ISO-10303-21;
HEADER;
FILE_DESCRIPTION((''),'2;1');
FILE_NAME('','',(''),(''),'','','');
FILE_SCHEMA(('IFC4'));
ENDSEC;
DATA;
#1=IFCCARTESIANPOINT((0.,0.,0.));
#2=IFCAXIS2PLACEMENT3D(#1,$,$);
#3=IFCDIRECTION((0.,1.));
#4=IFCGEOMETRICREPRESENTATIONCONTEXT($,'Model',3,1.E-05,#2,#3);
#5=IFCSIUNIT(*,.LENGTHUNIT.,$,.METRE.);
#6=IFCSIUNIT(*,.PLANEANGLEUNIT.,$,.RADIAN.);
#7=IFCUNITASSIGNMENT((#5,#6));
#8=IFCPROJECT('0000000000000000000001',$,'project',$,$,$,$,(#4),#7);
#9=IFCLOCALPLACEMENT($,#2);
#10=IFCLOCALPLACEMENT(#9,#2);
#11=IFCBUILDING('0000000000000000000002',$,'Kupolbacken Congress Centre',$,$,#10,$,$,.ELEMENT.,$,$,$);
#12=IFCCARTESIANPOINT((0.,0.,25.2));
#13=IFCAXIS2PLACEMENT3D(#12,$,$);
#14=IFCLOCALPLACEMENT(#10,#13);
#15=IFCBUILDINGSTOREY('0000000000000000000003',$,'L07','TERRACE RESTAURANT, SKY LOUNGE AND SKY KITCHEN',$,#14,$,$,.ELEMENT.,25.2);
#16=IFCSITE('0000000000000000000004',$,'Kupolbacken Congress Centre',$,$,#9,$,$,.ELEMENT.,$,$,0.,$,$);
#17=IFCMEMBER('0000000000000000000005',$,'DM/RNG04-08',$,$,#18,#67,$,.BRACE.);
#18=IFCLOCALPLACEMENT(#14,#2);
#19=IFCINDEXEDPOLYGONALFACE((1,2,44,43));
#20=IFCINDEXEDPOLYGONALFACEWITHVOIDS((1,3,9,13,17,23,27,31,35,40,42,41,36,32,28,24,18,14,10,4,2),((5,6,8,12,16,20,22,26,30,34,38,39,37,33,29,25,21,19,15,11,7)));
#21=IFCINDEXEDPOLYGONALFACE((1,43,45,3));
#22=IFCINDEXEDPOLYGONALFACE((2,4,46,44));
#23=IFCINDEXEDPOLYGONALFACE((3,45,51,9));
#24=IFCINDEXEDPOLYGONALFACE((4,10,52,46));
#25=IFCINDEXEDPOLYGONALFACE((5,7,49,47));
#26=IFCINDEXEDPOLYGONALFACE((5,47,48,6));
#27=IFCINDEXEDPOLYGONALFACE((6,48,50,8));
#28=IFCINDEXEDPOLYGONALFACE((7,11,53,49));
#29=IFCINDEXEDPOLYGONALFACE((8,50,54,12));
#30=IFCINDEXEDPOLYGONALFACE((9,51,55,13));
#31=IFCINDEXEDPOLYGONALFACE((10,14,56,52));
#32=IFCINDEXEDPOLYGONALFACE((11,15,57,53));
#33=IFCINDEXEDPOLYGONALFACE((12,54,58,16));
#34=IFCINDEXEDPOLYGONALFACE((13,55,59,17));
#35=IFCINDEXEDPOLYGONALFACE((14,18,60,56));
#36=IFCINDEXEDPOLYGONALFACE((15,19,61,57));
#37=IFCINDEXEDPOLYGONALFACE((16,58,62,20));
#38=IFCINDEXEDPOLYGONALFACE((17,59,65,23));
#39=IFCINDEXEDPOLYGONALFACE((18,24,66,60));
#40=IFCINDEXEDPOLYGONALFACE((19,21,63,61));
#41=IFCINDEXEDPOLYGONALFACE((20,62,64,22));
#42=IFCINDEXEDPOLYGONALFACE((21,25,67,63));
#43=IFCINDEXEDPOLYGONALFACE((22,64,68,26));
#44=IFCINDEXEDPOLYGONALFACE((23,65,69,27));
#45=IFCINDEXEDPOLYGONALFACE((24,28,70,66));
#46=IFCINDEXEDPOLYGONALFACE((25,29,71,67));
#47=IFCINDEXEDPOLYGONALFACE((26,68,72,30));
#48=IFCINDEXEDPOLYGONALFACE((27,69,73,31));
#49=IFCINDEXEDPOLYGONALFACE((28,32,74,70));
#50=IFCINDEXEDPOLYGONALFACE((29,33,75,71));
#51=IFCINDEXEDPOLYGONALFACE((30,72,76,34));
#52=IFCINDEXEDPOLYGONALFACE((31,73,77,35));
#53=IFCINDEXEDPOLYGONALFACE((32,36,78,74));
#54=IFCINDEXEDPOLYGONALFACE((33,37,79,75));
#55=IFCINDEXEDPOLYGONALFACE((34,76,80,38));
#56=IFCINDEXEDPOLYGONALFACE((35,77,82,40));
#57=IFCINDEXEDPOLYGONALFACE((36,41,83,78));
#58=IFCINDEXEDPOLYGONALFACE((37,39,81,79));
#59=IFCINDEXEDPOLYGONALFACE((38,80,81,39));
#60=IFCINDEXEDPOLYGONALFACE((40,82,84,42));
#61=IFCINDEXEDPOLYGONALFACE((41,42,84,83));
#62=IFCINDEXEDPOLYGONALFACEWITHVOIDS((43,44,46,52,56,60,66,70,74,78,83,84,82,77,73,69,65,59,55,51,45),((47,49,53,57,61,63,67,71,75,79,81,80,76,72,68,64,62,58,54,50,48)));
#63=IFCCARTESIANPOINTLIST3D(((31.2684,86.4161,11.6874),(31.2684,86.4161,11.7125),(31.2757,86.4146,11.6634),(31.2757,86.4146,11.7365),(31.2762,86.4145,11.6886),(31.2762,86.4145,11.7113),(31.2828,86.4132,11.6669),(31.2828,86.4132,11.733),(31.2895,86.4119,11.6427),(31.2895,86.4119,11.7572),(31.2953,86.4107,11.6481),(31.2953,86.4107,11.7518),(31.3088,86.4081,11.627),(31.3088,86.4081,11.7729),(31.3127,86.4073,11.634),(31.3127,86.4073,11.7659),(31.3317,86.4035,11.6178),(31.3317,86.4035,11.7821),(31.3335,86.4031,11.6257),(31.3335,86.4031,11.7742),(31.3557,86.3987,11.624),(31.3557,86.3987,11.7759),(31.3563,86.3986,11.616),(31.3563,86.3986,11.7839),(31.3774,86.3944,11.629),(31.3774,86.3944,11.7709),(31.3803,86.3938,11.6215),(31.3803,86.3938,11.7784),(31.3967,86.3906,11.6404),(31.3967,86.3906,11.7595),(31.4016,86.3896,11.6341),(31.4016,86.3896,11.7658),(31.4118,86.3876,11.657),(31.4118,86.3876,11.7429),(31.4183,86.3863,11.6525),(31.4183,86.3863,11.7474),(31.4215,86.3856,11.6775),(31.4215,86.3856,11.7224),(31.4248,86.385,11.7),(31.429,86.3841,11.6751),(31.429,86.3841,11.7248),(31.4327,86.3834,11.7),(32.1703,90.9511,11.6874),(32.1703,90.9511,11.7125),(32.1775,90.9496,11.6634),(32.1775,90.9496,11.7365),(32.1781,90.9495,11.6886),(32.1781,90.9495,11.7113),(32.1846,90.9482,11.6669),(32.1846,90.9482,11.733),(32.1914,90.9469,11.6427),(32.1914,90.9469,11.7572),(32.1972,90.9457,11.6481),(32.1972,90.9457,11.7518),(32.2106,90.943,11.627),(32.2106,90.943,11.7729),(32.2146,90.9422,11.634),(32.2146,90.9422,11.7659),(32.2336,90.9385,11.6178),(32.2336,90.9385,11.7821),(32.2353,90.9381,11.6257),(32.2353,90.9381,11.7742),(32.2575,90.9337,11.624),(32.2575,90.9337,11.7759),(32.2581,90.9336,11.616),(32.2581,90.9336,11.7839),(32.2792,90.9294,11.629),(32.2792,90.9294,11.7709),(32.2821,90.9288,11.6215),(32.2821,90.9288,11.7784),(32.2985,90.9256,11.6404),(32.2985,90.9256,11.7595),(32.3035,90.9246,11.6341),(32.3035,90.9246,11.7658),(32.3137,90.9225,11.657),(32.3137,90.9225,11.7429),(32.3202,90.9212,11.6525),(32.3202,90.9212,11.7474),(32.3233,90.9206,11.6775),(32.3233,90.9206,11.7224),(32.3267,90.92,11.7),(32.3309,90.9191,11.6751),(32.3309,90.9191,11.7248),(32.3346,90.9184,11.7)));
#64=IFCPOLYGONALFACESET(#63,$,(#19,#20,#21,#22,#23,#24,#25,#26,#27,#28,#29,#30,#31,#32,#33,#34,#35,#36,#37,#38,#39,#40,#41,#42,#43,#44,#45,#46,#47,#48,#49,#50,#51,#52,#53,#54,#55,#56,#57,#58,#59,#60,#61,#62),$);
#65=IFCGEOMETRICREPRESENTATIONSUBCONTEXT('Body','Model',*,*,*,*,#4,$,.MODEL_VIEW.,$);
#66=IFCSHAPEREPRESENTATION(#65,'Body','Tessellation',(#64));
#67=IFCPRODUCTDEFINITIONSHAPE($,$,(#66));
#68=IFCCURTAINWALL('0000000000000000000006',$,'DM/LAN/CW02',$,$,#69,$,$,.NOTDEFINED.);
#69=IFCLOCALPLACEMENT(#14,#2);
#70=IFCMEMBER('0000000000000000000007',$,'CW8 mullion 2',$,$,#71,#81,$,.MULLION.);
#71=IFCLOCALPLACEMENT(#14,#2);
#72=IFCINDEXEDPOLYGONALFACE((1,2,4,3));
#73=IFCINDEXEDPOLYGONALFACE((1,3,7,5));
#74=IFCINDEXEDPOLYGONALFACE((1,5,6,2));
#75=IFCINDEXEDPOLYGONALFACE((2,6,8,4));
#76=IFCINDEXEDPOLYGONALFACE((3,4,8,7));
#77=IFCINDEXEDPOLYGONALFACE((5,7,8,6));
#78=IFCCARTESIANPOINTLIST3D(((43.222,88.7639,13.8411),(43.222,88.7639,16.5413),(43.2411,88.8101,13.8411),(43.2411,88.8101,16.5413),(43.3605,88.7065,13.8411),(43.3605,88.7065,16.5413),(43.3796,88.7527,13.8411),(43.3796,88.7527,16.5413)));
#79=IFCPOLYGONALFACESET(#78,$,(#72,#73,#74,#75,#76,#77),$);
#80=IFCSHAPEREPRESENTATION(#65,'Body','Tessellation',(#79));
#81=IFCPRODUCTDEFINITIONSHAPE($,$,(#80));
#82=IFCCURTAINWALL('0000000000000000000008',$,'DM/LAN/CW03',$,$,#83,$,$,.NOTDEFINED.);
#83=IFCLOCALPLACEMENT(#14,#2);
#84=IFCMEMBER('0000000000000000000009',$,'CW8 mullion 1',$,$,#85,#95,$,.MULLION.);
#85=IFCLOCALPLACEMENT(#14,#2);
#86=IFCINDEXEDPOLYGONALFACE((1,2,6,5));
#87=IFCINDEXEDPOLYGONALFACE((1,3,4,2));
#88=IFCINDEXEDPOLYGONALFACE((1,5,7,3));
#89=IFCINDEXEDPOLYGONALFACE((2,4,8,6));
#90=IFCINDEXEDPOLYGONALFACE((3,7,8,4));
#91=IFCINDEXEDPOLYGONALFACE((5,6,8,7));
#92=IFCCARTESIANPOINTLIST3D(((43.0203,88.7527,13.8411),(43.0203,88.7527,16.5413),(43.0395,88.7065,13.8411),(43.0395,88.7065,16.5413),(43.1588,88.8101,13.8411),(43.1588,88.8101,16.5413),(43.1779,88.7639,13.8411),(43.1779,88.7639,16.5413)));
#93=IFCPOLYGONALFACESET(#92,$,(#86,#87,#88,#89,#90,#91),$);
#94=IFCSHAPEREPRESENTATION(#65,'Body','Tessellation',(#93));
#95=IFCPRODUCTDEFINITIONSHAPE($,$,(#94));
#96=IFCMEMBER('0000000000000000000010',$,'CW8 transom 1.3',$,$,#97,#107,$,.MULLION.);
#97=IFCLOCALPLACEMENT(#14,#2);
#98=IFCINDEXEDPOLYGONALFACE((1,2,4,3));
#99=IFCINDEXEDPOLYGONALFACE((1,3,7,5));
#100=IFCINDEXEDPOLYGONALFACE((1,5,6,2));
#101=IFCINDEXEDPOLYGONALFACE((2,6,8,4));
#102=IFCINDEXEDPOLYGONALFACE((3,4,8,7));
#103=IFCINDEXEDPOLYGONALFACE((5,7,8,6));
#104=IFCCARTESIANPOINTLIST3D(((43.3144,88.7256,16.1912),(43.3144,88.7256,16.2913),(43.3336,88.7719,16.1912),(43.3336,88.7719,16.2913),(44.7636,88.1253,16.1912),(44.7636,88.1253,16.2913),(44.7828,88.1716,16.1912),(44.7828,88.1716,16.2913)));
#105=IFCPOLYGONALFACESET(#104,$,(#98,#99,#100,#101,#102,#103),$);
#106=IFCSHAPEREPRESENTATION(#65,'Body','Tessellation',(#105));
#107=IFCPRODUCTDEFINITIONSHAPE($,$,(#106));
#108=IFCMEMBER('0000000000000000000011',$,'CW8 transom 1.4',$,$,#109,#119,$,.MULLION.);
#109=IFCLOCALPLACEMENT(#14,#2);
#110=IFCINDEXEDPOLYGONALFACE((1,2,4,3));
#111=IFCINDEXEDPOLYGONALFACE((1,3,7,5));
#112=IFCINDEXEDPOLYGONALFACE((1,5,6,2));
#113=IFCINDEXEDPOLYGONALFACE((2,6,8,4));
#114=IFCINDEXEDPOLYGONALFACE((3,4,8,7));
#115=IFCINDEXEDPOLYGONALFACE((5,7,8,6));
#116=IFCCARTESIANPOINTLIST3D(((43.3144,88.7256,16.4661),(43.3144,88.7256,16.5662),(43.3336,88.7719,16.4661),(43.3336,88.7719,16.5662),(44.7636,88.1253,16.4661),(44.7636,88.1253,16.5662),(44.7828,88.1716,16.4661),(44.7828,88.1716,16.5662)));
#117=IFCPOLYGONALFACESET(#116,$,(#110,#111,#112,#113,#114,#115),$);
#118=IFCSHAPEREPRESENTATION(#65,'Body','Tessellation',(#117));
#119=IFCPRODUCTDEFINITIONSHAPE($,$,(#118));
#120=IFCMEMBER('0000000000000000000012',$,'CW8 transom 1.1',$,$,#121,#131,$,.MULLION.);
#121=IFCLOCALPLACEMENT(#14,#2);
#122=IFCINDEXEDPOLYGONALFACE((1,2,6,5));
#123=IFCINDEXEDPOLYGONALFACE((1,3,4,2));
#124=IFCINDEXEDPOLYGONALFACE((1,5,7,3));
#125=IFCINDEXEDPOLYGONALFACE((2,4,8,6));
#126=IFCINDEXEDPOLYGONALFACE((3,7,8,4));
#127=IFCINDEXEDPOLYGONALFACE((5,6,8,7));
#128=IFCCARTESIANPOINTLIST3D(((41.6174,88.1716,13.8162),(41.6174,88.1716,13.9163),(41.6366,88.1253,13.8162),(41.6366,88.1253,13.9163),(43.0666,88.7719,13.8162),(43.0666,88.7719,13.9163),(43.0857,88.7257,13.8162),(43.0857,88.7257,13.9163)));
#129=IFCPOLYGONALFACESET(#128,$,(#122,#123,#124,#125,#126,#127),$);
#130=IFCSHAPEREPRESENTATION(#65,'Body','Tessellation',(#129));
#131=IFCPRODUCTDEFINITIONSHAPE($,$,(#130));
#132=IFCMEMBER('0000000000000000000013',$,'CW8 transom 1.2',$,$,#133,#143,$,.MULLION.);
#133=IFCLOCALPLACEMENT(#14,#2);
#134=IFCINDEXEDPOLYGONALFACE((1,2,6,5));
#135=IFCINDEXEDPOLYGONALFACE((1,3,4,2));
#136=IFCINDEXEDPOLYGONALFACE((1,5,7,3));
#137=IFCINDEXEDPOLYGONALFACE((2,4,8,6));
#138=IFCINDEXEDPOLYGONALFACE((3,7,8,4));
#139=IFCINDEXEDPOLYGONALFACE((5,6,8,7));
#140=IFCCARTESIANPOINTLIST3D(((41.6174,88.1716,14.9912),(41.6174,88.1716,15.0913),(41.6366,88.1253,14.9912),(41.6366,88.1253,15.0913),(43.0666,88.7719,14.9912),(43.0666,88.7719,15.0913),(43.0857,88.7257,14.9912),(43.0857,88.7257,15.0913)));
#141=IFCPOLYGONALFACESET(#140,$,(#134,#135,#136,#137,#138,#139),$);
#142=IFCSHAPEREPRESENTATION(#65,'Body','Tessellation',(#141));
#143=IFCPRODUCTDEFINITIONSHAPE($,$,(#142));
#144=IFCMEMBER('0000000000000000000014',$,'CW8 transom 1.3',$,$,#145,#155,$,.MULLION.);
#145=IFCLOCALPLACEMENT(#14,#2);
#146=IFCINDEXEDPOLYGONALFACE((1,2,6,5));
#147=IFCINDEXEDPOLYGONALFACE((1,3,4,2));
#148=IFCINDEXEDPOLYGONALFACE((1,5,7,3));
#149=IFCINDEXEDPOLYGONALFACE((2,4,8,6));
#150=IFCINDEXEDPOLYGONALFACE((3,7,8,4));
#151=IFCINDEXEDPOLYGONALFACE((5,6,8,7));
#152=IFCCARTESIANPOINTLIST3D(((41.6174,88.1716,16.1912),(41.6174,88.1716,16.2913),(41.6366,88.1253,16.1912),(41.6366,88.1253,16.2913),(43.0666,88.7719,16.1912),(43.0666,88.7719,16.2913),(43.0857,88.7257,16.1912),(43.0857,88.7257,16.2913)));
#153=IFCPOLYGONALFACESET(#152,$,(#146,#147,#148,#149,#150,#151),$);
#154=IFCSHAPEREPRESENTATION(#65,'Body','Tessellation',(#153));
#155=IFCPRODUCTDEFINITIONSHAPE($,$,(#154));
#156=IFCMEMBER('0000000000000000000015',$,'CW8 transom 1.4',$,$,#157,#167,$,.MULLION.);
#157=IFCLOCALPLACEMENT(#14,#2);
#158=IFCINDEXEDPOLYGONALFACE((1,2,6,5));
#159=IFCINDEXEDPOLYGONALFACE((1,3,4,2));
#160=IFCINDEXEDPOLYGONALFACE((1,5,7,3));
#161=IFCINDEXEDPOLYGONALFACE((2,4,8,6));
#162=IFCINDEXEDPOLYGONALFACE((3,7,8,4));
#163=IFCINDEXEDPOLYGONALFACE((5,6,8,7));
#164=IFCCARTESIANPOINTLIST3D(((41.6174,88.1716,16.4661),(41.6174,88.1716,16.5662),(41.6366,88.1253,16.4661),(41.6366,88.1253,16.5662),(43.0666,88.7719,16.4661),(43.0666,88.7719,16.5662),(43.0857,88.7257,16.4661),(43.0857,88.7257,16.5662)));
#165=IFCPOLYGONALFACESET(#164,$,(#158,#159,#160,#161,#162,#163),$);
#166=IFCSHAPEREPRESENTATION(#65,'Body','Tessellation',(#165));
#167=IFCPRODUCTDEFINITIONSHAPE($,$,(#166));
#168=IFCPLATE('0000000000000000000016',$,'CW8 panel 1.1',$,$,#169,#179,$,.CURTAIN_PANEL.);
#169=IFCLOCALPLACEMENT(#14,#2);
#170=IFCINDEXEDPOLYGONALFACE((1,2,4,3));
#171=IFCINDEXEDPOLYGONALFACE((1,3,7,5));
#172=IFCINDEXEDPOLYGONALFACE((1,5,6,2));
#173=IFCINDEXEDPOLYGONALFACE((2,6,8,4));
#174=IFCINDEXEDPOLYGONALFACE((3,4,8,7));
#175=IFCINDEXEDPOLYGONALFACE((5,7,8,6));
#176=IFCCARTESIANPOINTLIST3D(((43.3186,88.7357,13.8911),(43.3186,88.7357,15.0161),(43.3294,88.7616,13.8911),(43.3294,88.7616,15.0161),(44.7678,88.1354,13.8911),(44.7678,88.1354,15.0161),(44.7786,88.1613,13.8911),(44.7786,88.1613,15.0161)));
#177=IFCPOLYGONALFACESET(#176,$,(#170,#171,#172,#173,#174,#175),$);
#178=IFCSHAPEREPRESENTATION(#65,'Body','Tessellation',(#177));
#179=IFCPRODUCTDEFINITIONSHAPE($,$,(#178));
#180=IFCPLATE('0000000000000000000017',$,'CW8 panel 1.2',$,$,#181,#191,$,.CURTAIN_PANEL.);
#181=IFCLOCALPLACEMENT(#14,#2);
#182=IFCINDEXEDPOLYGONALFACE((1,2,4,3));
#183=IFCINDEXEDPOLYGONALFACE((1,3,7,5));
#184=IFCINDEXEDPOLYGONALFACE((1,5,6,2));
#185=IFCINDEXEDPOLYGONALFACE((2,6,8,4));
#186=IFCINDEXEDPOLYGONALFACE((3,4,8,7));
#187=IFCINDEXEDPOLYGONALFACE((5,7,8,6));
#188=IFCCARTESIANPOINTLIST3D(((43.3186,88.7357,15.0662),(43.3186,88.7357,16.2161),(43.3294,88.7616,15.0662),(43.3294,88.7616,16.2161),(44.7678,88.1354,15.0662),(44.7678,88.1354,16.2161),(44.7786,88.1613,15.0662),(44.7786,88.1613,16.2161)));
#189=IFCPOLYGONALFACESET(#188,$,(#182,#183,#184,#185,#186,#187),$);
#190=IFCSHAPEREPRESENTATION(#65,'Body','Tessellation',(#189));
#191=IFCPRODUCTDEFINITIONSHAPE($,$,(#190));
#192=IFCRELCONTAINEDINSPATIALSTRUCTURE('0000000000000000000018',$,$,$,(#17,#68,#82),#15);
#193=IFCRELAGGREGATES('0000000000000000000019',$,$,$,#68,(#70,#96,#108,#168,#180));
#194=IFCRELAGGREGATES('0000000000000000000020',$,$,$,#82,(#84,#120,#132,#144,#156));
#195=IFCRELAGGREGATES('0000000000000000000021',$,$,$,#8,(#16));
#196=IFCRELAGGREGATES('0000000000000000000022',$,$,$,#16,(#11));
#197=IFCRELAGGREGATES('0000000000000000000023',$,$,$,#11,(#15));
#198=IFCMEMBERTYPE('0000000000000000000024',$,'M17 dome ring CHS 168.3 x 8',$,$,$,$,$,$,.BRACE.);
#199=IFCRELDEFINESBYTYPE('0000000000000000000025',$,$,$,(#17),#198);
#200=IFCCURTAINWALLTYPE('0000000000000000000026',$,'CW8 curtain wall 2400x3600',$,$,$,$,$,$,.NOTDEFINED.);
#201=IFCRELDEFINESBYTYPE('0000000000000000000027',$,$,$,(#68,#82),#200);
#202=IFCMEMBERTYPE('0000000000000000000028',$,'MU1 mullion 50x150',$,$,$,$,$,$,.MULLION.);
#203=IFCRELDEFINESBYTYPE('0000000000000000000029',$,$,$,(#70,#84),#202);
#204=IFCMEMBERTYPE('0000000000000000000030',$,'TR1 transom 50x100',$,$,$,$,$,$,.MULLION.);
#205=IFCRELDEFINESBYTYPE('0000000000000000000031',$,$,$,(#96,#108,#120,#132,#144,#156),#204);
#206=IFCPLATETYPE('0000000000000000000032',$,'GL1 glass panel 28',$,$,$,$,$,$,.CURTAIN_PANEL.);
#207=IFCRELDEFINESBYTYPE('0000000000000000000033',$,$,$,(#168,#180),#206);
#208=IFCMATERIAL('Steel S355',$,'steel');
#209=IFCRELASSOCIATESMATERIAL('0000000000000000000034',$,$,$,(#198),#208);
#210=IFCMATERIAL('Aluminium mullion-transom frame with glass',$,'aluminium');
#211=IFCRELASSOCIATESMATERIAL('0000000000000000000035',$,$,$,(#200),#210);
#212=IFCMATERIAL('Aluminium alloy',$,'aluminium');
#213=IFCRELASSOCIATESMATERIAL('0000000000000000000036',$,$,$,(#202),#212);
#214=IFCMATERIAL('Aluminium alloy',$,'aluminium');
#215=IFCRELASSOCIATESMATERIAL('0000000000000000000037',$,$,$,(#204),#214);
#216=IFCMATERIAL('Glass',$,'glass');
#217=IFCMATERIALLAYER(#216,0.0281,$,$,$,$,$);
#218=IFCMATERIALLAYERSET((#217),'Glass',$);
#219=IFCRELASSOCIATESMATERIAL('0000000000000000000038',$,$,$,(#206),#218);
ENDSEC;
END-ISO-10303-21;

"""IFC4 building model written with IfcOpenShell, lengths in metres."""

from ifc_helpers import new_model, si_unit, direction, frame, origin, origin_2d, place, context, subcontext, project, spatial, rectangle, hollow_circle, extrude, material, layer, layer_set, material_profile, profile_set, type_object, element, aggregate, save


model = new_model("IFC4")

# Units and contexts
model_context = context("Model", 3, precision=1e-05, world=origin(), true_north=direction((0.0, 1.0)))
body_context = subcontext(model_context, "Body", "Model", "MODEL_VIEW")
ifc_project = project(units=[si_unit("LENGTHUNIT", "METRE"), si_unit("PLANEANGLEUNIT", "RADIAN")], contexts=[model_context])

# Site, building, storey
site_placement = place(None, origin())
site = spatial("IfcSite", under=ifc_project, at=site_placement, Name="Kupolbacken Congress Centre", CompositionType="ELEMENT", RefElevation=0.0)
building_placement = place(site_placement, origin())
building = spatial("IfcBuilding", under=site, at=building_placement, Name="Kupolbacken Congress Centre", CompositionType="ELEMENT")
storey_placement = place(building_placement, frame((0.0, 0.0, 25.2)))
storey = spatial("IfcBuildingStorey", under=building, at=storey_placement, Name="L07", Description="TERRACE RESTAURANT, SKY LOUNGE AND SKY KITCHEN", CompositionType="ELEMENT", Elevation=25.2)

# Member
ifc_material_1 = material(Name="Steel S355", Category="steel")
ifc_material_profile_1 = material_profile(ifc_material_1, hollow_circle(Radius=0.0842, WallThickness=0.0081, at=origin_2d()), Name="CHS 168.3 x 8")
ifc_profile_set_1 = profile_set([ifc_material_profile_1], Name="Steel S355")
member_type_1 = type_object("IfcMemberType", Name="M17 dome ring CHS 168.3 x 8", PredefinedType="BRACE", material=ifc_profile_set_1)
for number, where, z_axis, x_axis, name in (
    (1, (32.252, 90.9348, 11.7), (-0.19505, -0.980793, 0.0), (0.980793, -0.19505, 0.0), "DM/RNG04-08"),
):
    element("IfcMember", number, at=place(storey_placement, frame(where, z_axis=z_axis, x_axis=x_axis)), inside=storey, type_object=member_type_1, Name=name, PredefinedType="BRACE", context=body_context, shape_type="SweptSolid", body=[
        extrude(hollow_circle(Radius=0.0842, WallThickness=0.0081, at=origin_2d()), origin(), (0.0, 0.0, 1.0), 4.6238),
    ])

# Curtain walls, members
ifc_material_2 = material(Name="Aluminium mullion-transom frame with glass", Category="aluminium")
curtain_wall_type = type_object("IfcCurtainWallType", Name="CW8 curtain wall 2400x3600", PredefinedType="NOTDEFINED", material=ifc_material_2)
curtain_wall_1_placement = place(storey_placement, origin())
curtain_wall_1 = element("IfcCurtainWall", 2, at=curtain_wall_1_placement, inside=storey, type_object=curtain_wall_type, Name="DM/LAN/CW02", PredefinedType="NOTDEFINED")
ifc_material_3 = material(Name="Aluminium alloy", Category="aluminium")
ifc_material_profile_2 = material_profile(ifc_material_3, rectangle(XDim=0.05, YDim=0.1499, at=origin_2d()), Name="50 x 150")
ifc_profile_set_2 = profile_set([ifc_material_profile_2], Name="Aluminium alloy")
member_type_2 = type_object("IfcMemberType", Name="MU1 mullion 50x150", PredefinedType="MULLION", material=ifc_profile_set_2)
member_1_placement = place(storey_placement, frame((43.3008, 88.7583, 13.8411), z_axis=(0.0, 0.0, 1.0), x_axis=(-0.382683, -0.92388, 0.0)))
member_1 = element("IfcMember", 3, at=member_1_placement, type_object=member_type_2, Name="CW8 mullion 2", PredefinedType="MULLION", context=body_context, shape_type="SweptSolid", body=[
    extrude(rectangle(XDim=0.05, YDim=0.1499, at=origin_2d()), origin(), (0.0, 0.0, 1.0), 2.7002),
])
curtain_wall_2_placement = place(storey_placement, origin())
curtain_wall_2 = element("IfcCurtainWall", 4, at=curtain_wall_2_placement, inside=storey, type_object=curtain_wall_type, Name="DM/LAN/CW03", PredefinedType="NOTDEFINED")
member_2_placement = place(storey_placement, frame((43.0991, 88.7583, 13.8411), z_axis=(0.0, 0.0, 1.0), x_axis=(0.382683, -0.92388, 0.0)))
member_2 = element("IfcMember", 5, at=member_2_placement, type_object=member_type_2, Name="CW8 mullion 1", PredefinedType="MULLION", context=body_context, shape_type="SweptSolid", body=[
    extrude(rectangle(XDim=0.05, YDim=0.1499, at=origin_2d()), origin(), (0.0, 0.0, 1.0), 2.7002),
])

# Members
ifc_material_4 = material(Name="Aluminium alloy", Category="aluminium")
ifc_material_profile_3 = material_profile(ifc_material_4, rectangle(XDim=0.05, YDim=0.1001, at=origin_2d()), Name="50 x 100")
ifc_profile_set_3 = profile_set([ifc_material_profile_3], Name="Aluminium alloy")
member_type_3 = type_object("IfcMemberType", Name="TR1 transom 50x100", PredefinedType="MULLION", material=ifc_profile_set_3)
member_3_placement = place(storey_placement, frame((44.7732, 88.1484, 16.2412), z_axis=(-0.923867, 0.382714, 0.0), x_axis=(-0.382714, -0.923867, 0.0)))
member_3 = element("IfcMember", 6, at=member_3_placement, type_object=member_type_3, Name="CW8 transom 1.3", PredefinedType="MULLION", context=body_context, shape_type="SweptSolid", body=[
    extrude(rectangle(XDim=0.05, YDim=0.1001, at=origin_2d()), origin(), (0.0, 0.0, 1.0), 1.5686),
])
member_4_placement = place(storey_placement, frame((44.7732, 88.1484, 16.5161), z_axis=(-0.923867, 0.382714, 0.0), x_axis=(-0.382714, -0.923867, 0.0)))
member_4 = element("IfcMember", 7, at=member_4_placement, type_object=member_type_3, Name="CW8 transom 1.4", PredefinedType="MULLION", context=body_context, shape_type="SweptSolid", body=[
    extrude(rectangle(XDim=0.05, YDim=0.1001, at=origin_2d()), origin(), (0.0, 0.0, 1.0), 1.5686),
])
member_5_placement = place(storey_placement, frame((43.0762, 88.7488, 13.8662), z_axis=(-0.923867, -0.382714, 0.0), x_axis=(0.382714, -0.923867, 0.0)))
member_5 = element("IfcMember", 8, at=member_5_placement, type_object=member_type_3, Name="CW8 transom 1.1", PredefinedType="MULLION", context=body_context, shape_type="SweptSolid", body=[
    extrude(rectangle(XDim=0.05, YDim=0.1001, at=origin_2d()), origin(), (0.0, 0.0, 1.0), 1.5686),
])
member_6_placement = place(storey_placement, frame((43.0762, 88.7488, 15.0413), z_axis=(-0.923867, -0.382714, 0.0), x_axis=(0.382714, -0.923867, 0.0)))
member_6 = element("IfcMember", 9, at=member_6_placement, type_object=member_type_3, Name="CW8 transom 1.2", PredefinedType="MULLION", context=body_context, shape_type="SweptSolid", body=[
    extrude(rectangle(XDim=0.05, YDim=0.1001, at=origin_2d()), origin(), (0.0, 0.0, 1.0), 1.5686),
])
member_7_placement = place(storey_placement, frame((43.0762, 88.7488, 16.2412), z_axis=(-0.923867, -0.382714, 0.0), x_axis=(0.382714, -0.923867, 0.0)))
member_7 = element("IfcMember", 10, at=member_7_placement, type_object=member_type_3, Name="CW8 transom 1.3", PredefinedType="MULLION", context=body_context, shape_type="SweptSolid", body=[
    extrude(rectangle(XDim=0.05, YDim=0.1001, at=origin_2d()), origin(), (0.0, 0.0, 1.0), 1.5686),
])
member_8_placement = place(storey_placement, frame((43.0762, 88.7488, 16.5161), z_axis=(-0.923867, -0.382714, 0.0), x_axis=(0.382714, -0.923867, 0.0)))
member_8 = element("IfcMember", 11, at=member_8_placement, type_object=member_type_3, Name="CW8 transom 1.4", PredefinedType="MULLION", context=body_context, shape_type="SweptSolid", body=[
    extrude(rectangle(XDim=0.05, YDim=0.1001, at=origin_2d()), origin(), (0.0, 0.0, 1.0), 1.5686),
])

# Plates
ifc_material_5 = material(Name="Glass", Category="glass")
ifc_layer = layer(ifc_material_5, 0.0281)
ifc_layer_set = layer_set([ifc_layer], Name="Glass")
plate_type = type_object("IfcPlateType", Name="GL1 glass panel 28", PredefinedType="CURTAIN_PANEL", material=ifc_layer_set)
plate_1_placement = place(storey_placement, frame((44.0486, 88.4485, 13.8911), z_axis=(0.0, 0.0, 1.0), x_axis=(-0.92388, 0.382683, 0.0)))
plate_1 = element("IfcPlate", 12, at=plate_1_placement, type_object=plate_type, Name="CW8 panel 1.1", PredefinedType="CURTAIN_PANEL", context=body_context, shape_type="SweptSolid", body=[
    extrude(rectangle(XDim=1.5686, YDim=0.0281, at=origin_2d()), origin(), (0.0, 0.0, 1.0), 1.125),
])
plate_2_placement = place(storey_placement, frame((44.0486, 88.4485, 15.0662), z_axis=(0.0, 0.0, 1.0), x_axis=(-0.92388, 0.382683, 0.0)))
plate_2 = element("IfcPlate", 13, at=plate_2_placement, type_object=plate_type, Name="CW8 panel 1.2", PredefinedType="CURTAIN_PANEL", context=body_context, shape_type="SweptSolid", body=[
    extrude(rectangle(XDim=1.5686, YDim=0.0281, at=origin_2d()), origin(), (0.0, 0.0, 1.0), 1.1499),
])
aggregate(curtain_wall_1, [member_1, member_3, member_4, plate_1, plate_2])
aggregate(curtain_wall_2, [member_2, member_5, member_6, member_7, member_8])

save(model, "model.ifc")
